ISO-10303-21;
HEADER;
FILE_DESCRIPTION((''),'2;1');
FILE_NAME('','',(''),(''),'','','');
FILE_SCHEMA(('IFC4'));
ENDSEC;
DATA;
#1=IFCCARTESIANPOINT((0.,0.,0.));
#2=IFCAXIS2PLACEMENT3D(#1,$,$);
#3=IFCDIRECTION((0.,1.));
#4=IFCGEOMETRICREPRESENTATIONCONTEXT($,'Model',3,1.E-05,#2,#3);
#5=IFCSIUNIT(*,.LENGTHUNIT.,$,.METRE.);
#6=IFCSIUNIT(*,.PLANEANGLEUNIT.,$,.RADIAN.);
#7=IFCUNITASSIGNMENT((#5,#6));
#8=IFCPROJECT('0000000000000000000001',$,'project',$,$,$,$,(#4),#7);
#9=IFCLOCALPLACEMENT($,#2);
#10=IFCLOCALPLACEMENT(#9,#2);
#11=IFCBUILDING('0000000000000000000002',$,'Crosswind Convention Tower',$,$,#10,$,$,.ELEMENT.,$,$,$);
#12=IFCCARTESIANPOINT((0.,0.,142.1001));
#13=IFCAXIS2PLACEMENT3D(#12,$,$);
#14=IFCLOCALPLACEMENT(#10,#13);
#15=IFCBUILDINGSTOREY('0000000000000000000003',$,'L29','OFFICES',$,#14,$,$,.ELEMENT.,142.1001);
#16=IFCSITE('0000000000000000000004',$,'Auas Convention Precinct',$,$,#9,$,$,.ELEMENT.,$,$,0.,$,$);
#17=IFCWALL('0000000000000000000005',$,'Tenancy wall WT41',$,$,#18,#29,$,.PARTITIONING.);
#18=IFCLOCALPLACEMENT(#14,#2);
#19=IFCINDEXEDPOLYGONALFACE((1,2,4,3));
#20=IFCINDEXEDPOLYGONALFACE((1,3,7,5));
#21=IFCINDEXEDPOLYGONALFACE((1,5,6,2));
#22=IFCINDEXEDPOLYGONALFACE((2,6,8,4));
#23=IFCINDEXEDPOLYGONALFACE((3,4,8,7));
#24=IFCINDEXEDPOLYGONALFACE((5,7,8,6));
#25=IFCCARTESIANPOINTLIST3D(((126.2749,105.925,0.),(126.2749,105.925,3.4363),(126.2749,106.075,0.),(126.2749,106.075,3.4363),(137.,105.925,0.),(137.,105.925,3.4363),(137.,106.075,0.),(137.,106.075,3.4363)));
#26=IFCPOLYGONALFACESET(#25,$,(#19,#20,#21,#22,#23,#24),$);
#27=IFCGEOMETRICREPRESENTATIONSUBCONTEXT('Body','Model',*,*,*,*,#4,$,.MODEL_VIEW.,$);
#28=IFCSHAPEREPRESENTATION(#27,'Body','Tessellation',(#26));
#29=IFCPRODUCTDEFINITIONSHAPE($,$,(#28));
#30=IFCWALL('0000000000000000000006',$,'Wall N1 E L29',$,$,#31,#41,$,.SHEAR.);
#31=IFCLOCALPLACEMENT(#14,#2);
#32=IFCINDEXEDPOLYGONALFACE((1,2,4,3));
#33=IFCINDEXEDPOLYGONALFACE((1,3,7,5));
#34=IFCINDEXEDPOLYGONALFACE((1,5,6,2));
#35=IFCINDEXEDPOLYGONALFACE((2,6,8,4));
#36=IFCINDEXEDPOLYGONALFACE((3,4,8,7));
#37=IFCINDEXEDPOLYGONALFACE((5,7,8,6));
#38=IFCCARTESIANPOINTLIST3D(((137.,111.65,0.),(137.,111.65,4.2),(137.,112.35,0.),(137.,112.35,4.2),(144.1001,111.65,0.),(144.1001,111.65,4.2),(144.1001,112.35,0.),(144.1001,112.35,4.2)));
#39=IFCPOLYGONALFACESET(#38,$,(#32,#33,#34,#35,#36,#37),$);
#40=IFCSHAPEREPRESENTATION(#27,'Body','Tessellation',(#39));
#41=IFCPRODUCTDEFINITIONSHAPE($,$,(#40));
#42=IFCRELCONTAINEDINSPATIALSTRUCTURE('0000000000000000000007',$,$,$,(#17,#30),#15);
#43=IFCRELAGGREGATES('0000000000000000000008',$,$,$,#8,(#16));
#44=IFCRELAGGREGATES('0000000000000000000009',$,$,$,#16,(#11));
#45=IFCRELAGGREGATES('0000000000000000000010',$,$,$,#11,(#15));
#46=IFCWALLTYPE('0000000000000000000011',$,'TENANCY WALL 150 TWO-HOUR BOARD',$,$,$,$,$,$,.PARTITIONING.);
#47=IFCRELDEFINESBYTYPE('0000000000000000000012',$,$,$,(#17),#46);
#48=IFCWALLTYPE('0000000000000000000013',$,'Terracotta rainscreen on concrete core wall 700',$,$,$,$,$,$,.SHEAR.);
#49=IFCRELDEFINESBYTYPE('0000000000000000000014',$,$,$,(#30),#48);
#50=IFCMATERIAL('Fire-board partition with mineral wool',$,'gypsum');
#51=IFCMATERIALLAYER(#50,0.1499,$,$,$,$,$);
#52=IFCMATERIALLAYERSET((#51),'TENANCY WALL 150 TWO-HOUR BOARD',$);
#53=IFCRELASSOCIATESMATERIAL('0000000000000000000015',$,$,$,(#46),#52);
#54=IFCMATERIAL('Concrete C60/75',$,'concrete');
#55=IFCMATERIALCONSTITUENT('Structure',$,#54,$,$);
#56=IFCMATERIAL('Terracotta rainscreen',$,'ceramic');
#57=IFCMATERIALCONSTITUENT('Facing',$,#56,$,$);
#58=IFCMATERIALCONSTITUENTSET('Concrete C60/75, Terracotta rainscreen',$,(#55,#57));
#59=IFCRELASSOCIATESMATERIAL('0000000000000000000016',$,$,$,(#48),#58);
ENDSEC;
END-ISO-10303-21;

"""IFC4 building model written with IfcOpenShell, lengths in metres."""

from ifc_helpers import new_model, si_unit, direction, frame, frame_2d, origin, place, context, subcontext, project, spatial, rectangle, extrude, material, layer, layer_set, constituent, constituent_set, type_object, element, save


model = new_model("IFC4")

# Units and contexts
model_context = context("Model", 3, precision=1e-05, world=origin(), true_north=direction((0.0, 1.0)))
body_context = subcontext(model_context, "Body", "Model", "MODEL_VIEW")
ifc_project = project(units=[si_unit("LENGTHUNIT", "METRE"), si_unit("PLANEANGLEUNIT", "RADIAN")], contexts=[model_context])

# Site, building, storey
site_placement = place(None, origin())
site = spatial("IfcSite", under=ifc_project, at=site_placement, Name="Auas Convention Precinct", CompositionType="ELEMENT", RefElevation=0.0)
building_placement = place(site_placement, origin())
building = spatial("IfcBuilding", under=site, at=building_placement, Name="Crosswind Convention Tower", CompositionType="ELEMENT")
storey_placement = place(building_placement, frame((0.0, 0.0, 142.1001)))
storey = spatial("IfcBuildingStorey", under=building, at=storey_placement, Name="L29", Description="OFFICES", CompositionType="ELEMENT", Elevation=142.1001)

# Shared definitions
ifc_material_1 = material(Name="Fire-board partition with mineral wool", Category="gypsum")
ifc_layer_1 = layer(ifc_material_1, 0.1499)
ifc_layer_set_1 = layer_set([ifc_layer_1], Name="TENANCY WALL 150 TWO-HOUR BOARD")
wall_type_1 = type_object("IfcWallType", Name="TENANCY WALL 150 TWO-HOUR BOARD", PredefinedType="PARTITIONING", material=ifc_layer_set_1)

# Walls
wall_1_placement = place(storey_placement, frame((126.2749, 106.0, 0.0), z_axis=(0.0, 0.0, 1.0), x_axis=(1.0, 0.0, 0.0)))
element("IfcWall", 1, at=wall_1_placement, inside=storey, type_object=wall_type_1, Name="Tenancy wall WT41", PredefinedType="PARTITIONING", context=body_context, shape_type="SweptSolid", body=[
    extrude(rectangle(XDim=10.7251, YDim=0.1499, at=frame_2d((5.3625, 0.0))), origin(), (0.0, 0.0, 1.0), 3.4363),
])
ifc_material_2 = material(Name="Concrete C60/75", Category="concrete")
ifc_constituent_1 = constituent(ifc_material_2, Name="Structure")
ifc_material_3 = material(Name="Terracotta rainscreen", Category="ceramic")
ifc_constituent_2 = constituent(ifc_material_3, Name="Facing")
ifc_constituent_set = constituent_set(constituents=[ifc_constituent_1, ifc_constituent_2], Name="Concrete C60/75, Terracotta rainscreen")
wall_type_2 = type_object("IfcWallType", Name="Terracotta rainscreen on concrete core wall 700", PredefinedType="SHEAR", material=ifc_constituent_set)
wall_2_placement = place(storey_placement, frame((137.0, 112.0, 0.0), z_axis=(0.0, 0.0, 1.0), x_axis=(1.0, 0.0, 0.0)))
element("IfcWall", 2, at=wall_2_placement, inside=storey, type_object=wall_type_2, Name="Wall N1 E L29", PredefinedType="SHEAR", context=body_context, shape_type="SweptSolid", body=[
    extrude(rectangle(XDim=7.1001, YDim=0.7, at=frame_2d((3.55, 0.0))), origin(), (0.0, 0.0, 1.0), 4.2),
])

save(model, "model.ifc")
